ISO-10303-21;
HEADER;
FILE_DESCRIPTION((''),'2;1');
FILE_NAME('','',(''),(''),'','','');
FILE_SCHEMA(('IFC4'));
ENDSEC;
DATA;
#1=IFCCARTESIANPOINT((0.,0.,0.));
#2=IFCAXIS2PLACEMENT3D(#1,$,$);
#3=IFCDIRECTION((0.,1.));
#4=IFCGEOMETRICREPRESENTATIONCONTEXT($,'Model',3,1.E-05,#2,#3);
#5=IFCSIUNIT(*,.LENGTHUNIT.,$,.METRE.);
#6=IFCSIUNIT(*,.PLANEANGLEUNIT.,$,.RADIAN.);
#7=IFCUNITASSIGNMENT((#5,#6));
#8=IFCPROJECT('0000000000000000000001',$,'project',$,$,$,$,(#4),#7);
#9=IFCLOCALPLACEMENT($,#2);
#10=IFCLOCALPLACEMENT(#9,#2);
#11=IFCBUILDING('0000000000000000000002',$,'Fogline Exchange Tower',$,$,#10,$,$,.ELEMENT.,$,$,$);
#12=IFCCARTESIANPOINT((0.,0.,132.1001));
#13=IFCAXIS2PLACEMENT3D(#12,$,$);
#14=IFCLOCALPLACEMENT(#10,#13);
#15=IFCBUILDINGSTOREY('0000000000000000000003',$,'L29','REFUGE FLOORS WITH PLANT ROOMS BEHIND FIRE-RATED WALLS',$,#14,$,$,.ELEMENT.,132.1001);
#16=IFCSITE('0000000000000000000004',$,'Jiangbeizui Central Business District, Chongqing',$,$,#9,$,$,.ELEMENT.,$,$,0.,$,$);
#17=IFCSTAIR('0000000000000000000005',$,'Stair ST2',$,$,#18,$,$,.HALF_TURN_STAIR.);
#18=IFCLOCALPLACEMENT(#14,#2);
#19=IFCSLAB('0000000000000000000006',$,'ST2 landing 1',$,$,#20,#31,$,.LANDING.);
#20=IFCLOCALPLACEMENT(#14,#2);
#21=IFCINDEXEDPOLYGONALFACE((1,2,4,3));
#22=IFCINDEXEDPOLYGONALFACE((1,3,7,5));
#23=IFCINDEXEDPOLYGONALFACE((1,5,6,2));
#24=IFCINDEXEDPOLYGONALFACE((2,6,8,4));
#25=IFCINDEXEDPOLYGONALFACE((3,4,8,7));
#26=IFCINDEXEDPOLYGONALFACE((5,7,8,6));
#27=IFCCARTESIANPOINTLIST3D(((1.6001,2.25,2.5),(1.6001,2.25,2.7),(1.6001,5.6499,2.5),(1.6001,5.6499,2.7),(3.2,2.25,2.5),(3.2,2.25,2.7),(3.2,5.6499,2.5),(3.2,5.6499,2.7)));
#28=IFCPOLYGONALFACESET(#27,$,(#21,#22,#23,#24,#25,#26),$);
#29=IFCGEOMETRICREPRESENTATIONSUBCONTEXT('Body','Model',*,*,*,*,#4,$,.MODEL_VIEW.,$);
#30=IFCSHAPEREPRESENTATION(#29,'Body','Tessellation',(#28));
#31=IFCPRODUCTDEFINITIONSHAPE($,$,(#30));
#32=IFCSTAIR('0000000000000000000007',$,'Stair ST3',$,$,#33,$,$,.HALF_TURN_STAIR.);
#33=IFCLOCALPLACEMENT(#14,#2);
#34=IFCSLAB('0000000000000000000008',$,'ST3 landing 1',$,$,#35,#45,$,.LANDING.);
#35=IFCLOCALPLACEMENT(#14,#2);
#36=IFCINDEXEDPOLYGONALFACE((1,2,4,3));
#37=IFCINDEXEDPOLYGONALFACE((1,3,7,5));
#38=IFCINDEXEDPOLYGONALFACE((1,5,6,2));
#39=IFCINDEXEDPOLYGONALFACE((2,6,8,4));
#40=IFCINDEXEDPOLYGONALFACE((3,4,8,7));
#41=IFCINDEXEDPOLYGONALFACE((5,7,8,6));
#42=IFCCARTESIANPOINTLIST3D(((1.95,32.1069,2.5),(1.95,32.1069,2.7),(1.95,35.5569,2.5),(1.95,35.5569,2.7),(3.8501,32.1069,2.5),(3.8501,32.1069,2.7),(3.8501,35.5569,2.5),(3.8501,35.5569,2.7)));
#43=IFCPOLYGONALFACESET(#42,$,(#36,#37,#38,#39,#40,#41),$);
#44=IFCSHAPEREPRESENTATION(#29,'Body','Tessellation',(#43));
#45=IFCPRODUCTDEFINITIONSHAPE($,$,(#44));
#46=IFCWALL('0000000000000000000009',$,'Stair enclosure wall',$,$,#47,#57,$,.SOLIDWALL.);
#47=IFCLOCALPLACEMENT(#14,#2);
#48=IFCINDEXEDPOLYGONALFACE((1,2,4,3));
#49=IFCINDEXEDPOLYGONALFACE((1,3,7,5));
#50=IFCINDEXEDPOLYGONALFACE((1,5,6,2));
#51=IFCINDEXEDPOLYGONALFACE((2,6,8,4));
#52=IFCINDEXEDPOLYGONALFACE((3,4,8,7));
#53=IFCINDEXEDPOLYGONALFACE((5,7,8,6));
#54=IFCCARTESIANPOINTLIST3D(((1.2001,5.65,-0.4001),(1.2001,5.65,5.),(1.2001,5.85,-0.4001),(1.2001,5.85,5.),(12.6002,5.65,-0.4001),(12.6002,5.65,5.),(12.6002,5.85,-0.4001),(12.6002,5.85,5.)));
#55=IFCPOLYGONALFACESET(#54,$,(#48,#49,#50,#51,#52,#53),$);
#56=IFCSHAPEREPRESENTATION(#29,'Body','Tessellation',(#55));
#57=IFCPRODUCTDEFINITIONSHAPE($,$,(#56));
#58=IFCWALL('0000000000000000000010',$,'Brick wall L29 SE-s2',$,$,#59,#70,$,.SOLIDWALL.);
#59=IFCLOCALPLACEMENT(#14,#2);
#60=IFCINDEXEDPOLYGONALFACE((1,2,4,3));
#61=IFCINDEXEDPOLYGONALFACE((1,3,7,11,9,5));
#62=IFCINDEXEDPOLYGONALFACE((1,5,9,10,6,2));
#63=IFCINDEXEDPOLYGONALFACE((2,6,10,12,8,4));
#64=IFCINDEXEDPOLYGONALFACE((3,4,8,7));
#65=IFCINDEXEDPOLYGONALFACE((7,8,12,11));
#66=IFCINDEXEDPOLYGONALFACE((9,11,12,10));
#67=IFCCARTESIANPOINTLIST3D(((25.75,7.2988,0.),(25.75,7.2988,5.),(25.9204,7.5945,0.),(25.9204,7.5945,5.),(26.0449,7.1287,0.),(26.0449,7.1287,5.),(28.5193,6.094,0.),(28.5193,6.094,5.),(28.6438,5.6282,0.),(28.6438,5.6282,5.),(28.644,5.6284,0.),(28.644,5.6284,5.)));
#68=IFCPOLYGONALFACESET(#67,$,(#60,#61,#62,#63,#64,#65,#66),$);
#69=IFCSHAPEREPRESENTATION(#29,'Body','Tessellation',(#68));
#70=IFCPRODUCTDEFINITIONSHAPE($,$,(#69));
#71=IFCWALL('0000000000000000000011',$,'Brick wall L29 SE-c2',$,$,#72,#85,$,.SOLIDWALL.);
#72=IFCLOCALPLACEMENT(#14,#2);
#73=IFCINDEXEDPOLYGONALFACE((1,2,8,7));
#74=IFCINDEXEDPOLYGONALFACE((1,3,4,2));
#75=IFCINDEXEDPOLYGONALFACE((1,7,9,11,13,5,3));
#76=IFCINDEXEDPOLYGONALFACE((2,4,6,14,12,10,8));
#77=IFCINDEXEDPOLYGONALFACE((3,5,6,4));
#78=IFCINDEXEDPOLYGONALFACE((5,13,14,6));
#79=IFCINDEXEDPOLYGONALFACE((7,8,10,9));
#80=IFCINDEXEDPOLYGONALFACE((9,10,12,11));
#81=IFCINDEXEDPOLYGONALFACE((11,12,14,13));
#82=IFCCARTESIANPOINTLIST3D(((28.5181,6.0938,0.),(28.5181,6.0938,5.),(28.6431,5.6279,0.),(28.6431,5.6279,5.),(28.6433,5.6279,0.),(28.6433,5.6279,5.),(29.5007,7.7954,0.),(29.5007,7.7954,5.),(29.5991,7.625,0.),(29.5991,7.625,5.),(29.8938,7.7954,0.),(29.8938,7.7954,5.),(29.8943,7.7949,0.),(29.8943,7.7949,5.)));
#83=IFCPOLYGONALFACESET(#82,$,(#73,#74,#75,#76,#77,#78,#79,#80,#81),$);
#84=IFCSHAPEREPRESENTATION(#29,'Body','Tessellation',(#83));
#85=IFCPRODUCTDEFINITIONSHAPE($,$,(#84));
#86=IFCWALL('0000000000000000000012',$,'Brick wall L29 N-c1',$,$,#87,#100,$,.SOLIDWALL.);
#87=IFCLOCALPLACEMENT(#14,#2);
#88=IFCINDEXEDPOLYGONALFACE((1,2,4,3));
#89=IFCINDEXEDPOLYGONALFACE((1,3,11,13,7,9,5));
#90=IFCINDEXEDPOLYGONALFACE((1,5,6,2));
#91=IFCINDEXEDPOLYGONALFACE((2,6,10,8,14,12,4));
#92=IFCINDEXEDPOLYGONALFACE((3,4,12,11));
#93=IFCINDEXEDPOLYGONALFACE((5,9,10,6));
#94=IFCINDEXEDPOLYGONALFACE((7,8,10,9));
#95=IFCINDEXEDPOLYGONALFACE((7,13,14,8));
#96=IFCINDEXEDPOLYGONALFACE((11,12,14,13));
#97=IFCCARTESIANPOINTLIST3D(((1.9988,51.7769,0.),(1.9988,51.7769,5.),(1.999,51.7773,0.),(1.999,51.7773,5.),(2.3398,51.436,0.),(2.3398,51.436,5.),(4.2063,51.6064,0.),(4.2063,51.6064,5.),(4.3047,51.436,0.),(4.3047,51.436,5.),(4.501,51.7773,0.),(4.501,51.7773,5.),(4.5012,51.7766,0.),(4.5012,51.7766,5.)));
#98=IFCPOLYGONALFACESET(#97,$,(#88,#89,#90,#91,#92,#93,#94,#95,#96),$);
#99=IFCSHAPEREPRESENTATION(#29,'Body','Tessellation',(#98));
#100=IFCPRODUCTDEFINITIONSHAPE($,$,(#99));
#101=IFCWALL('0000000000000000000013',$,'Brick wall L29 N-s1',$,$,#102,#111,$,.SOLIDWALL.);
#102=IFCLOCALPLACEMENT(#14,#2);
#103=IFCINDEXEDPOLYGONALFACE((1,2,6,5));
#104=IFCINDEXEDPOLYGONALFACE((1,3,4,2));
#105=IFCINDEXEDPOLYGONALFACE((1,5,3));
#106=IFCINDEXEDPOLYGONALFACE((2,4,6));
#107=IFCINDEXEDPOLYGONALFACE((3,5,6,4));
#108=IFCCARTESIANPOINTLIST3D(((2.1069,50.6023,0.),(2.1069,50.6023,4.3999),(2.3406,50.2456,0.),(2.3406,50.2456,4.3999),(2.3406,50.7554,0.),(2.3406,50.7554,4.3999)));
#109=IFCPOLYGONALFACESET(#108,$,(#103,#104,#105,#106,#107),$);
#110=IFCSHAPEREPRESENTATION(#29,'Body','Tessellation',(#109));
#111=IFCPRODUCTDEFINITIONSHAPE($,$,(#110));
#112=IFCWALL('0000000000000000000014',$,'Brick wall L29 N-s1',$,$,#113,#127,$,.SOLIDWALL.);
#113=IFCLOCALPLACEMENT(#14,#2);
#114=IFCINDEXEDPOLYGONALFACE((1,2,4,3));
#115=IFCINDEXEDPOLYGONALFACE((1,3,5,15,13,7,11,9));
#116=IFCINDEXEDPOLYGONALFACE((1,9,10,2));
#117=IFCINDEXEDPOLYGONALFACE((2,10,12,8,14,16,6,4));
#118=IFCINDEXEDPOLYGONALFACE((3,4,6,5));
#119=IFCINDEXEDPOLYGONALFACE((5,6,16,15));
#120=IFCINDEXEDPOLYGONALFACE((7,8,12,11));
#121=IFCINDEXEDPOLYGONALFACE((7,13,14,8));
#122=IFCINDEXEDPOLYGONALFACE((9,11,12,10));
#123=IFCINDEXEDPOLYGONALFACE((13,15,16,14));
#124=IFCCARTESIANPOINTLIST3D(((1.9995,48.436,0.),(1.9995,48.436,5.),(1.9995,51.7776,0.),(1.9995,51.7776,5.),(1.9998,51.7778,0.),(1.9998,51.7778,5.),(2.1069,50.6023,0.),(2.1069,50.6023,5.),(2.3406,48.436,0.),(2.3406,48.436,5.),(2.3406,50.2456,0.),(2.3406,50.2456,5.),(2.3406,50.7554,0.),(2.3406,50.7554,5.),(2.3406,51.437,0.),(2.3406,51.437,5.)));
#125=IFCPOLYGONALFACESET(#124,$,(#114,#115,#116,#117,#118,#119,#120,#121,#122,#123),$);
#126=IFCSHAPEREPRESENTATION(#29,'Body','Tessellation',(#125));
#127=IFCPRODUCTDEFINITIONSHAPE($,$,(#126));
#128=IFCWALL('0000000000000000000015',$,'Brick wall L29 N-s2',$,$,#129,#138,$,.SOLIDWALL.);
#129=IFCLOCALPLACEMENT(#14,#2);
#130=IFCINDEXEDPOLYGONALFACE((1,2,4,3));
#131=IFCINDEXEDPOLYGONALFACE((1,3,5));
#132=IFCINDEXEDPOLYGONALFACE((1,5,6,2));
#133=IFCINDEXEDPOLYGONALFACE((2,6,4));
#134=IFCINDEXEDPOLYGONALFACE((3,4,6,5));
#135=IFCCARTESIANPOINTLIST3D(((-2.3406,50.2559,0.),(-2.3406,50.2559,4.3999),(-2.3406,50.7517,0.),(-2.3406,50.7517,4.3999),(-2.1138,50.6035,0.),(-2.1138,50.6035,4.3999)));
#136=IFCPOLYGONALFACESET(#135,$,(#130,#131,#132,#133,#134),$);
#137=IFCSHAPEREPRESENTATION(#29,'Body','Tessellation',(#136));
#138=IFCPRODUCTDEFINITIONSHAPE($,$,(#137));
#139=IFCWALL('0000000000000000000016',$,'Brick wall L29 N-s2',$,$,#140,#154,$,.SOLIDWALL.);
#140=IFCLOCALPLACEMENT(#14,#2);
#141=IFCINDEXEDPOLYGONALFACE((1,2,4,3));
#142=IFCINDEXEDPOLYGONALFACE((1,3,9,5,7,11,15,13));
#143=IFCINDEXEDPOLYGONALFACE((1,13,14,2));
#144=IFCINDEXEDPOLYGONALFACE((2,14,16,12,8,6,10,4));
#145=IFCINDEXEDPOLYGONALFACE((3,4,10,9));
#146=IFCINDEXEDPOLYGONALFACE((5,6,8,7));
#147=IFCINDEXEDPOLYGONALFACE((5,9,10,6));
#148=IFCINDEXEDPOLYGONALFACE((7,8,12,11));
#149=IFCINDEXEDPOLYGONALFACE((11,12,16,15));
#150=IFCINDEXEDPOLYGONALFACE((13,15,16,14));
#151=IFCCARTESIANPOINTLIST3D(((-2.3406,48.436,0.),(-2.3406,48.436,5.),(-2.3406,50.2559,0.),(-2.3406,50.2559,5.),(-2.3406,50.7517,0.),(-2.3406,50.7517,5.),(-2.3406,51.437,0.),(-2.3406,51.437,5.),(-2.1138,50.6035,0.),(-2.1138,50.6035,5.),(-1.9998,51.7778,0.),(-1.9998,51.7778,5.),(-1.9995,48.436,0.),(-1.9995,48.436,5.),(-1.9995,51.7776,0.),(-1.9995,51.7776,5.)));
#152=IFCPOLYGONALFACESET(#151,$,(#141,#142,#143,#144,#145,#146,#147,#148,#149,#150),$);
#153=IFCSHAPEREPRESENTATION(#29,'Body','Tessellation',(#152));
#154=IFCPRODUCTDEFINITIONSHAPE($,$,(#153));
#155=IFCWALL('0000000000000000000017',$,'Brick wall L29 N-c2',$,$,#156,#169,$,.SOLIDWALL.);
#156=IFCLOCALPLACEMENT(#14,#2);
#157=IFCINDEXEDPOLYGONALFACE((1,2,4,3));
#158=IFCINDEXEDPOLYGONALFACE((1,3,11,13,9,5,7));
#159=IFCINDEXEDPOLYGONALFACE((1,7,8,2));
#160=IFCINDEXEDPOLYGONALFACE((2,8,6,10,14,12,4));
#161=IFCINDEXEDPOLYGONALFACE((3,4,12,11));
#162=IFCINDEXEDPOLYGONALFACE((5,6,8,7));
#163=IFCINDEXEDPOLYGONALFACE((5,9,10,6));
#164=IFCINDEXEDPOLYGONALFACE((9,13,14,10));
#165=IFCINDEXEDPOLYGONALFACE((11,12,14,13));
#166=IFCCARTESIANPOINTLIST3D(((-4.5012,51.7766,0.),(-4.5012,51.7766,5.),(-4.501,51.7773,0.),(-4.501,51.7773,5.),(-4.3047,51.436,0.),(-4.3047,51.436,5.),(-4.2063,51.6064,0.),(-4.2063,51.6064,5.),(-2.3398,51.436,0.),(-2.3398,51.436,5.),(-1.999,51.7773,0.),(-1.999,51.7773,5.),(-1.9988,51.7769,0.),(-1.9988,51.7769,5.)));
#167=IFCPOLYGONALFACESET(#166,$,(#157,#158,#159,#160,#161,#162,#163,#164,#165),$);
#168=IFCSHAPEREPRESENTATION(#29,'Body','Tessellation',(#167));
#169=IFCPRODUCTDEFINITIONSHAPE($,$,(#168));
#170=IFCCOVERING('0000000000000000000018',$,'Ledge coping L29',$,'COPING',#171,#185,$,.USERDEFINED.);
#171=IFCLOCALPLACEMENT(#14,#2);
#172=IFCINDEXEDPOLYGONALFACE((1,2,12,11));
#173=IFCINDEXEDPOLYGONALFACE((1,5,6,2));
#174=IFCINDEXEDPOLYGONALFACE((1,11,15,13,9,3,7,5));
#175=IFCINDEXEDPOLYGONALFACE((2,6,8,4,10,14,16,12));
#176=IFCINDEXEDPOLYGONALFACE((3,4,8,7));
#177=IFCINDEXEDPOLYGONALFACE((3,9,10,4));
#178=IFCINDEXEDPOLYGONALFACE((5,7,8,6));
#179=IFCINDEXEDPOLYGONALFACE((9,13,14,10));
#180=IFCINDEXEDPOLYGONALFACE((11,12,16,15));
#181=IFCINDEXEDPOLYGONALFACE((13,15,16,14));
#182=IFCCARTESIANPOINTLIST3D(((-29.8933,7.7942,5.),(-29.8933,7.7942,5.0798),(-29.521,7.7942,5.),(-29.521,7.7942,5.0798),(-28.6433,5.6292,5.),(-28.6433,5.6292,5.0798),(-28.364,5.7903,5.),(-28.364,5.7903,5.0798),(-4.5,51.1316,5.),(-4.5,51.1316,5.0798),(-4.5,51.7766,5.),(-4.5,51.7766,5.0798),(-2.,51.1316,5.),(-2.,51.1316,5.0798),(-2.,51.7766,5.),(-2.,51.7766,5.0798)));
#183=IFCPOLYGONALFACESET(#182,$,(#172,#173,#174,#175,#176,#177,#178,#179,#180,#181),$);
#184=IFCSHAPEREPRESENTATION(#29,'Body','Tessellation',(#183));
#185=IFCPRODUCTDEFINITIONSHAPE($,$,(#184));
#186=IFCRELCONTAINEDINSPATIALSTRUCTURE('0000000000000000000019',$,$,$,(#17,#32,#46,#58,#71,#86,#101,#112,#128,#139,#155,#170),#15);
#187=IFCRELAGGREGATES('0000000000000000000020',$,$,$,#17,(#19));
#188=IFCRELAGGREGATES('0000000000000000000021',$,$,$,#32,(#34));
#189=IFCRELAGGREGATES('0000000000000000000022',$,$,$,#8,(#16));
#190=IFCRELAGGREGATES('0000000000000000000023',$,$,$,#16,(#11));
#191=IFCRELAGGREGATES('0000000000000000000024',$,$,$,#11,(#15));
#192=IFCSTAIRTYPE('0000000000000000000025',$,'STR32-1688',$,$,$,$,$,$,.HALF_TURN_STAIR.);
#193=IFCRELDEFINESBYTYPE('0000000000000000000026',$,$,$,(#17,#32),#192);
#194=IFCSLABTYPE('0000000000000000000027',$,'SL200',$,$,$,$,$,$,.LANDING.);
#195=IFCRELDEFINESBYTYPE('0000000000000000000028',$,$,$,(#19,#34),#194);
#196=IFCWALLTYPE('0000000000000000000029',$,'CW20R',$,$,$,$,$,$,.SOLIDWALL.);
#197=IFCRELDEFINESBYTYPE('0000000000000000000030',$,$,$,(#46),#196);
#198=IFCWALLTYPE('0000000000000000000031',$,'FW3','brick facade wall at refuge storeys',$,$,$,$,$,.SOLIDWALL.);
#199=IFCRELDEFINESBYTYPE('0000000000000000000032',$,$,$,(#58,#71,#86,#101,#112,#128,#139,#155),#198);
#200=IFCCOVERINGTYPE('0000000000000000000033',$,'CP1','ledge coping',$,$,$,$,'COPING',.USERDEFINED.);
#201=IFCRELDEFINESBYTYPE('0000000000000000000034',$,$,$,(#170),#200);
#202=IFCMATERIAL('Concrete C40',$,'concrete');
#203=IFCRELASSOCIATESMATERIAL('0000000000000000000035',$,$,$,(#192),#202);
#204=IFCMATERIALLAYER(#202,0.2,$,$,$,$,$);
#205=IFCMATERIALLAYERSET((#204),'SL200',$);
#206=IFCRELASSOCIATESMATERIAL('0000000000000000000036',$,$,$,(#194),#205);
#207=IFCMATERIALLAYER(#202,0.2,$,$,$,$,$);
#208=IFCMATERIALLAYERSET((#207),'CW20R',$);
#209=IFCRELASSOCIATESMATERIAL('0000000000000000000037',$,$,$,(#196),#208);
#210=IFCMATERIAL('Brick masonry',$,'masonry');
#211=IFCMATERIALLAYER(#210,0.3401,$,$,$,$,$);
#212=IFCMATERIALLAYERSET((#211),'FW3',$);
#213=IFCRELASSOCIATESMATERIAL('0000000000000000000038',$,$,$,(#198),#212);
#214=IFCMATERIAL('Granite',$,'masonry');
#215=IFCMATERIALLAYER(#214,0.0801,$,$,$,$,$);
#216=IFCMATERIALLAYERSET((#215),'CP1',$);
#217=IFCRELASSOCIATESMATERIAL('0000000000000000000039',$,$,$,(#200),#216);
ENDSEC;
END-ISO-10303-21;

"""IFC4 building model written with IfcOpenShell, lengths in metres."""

from ifc_helpers import new_model, si_unit, direction, frame, frame_2d, origin, place, context, subcontext, project, spatial, polyline, rectangle, outline, extrude, material, layer, layer_set, type_object, element, aggregate, save


model = new_model("IFC4")

# Units and contexts
model_context = context("Model", 3, precision=1e-05, world=origin(), true_north=direction((0.0, 1.0)))
body_context = subcontext(model_context, "Body", "Model", "MODEL_VIEW")
ifc_project = project(units=[si_unit("LENGTHUNIT", "METRE"), si_unit("PLANEANGLEUNIT", "RADIAN")], contexts=[model_context])

# Site, building, storey
site_placement = place(None, origin())
site = spatial("IfcSite", under=ifc_project, at=site_placement, Name="Jiangbeizui Central Business District, Chongqing", CompositionType="ELEMENT", RefElevation=0.0)
building_placement = place(site_placement, origin())
building = spatial("IfcBuilding", under=site, at=building_placement, Name="Fogline Exchange Tower", CompositionType="ELEMENT")
storey_placement = place(building_placement, frame((0.0, 0.0, 132.1001)))
storey = spatial("IfcBuildingStorey", under=building, at=storey_placement, Name="L29", Description="REFUGE FLOORS WITH PLANT ROOMS BEHIND FIRE-RATED WALLS", CompositionType="ELEMENT", Elevation=132.1001)

# Shared definitions
ifc_material_1 = material(Name="Concrete C40", Category="concrete")

# Stairs, slabs
stair_type = type_object("IfcStairType", Name="STR32-1688", PredefinedType="HALF_TURN_STAIR", material=ifc_material_1)
ifc_layer_1 = layer(ifc_material_1, 0.2)
ifc_layer_set_1 = layer_set([ifc_layer_1], Name="SL200")
slab_type_1 = type_object("IfcSlabType", Name="SL200", PredefinedType="LANDING", material=ifc_layer_set_1)
stair_1_placement = place(storey_placement, origin())
stair_1 = element("IfcStair", 1, at=stair_1_placement, inside=storey, type_object=stair_type, Name="Stair ST2", PredefinedType="HALF_TURN_STAIR")
slab_1_placement = place(storey_placement, frame((0.0, 0.0, 2.5)))
slab_1 = element("IfcSlab", 2, at=slab_1_placement, type_object=slab_type_1, Name="ST2 landing 1", PredefinedType="LANDING", context=body_context, shape_type="SweptSolid", body=[
    extrude(outline(polyline([(1.6001, 2.25), (3.2, 2.25), (3.2, 5.6499), (1.6001, 5.6499), (1.6001, 2.25)])), origin(), (0.0, 0.0, 1.0), 0.2),
])
aggregate(stair_1, [slab_1])
stair_2_placement = place(storey_placement, origin())
stair_2 = element("IfcStair", 3, at=stair_2_placement, inside=storey, type_object=stair_type, Name="Stair ST3", PredefinedType="HALF_TURN_STAIR")
slab_2_placement = place(storey_placement, frame((0.0, 0.0, 2.5)))
slab_2 = element("IfcSlab", 4, at=slab_2_placement, type_object=slab_type_1, Name="ST3 landing 1", PredefinedType="LANDING", context=body_context, shape_type="SweptSolid", body=[
    extrude(outline(polyline([(1.95, 32.1069), (3.8501, 32.1069), (3.8501, 35.5569), (1.95, 35.5569), (1.95, 32.1069)])), origin(), (0.0, 0.0, 1.0), 0.2),
])
aggregate(stair_2, [slab_2])

# Walls
ifc_layer_2 = layer(ifc_material_1, 0.2)
ifc_layer_set_2 = layer_set([ifc_layer_2], Name="CW20R")
wall_type_1 = type_object("IfcWallType", Name="CW20R", PredefinedType="SOLIDWALL", material=ifc_layer_set_2)
wall_1_placement = place(storey_placement, frame((1.2, 5.75, -0.4001), z_axis=(0.0, 0.0, 1.0), x_axis=(1.0, 0.0, 0.0)))
element("IfcWall", 5, at=wall_1_placement, inside=storey, type_object=wall_type_1, Name="Stair enclosure wall", PredefinedType="SOLIDWALL", context=body_context, shape_type="SweptSolid", body=[
    extrude(rectangle(XDim=11.4001, YDim=0.2, at=frame_2d((5.7002, 0.0))), origin(), (0.0, 0.0, 1.0), 5.4001),
])
ifc_material_2 = material(Name="Brick masonry", Category="masonry")
ifc_layer_3 = layer(ifc_material_2, 0.3401)
ifc_layer_set_3 = layer_set([ifc_layer_3], Name="FW3")
wall_type_2 = type_object("IfcWallType", Name="FW3", Description="brick facade wall at refuge storeys", PredefinedType="SOLIDWALL", material=ifc_layer_set_3)
wall_2_placement = place(storey_placement, origin())
element("IfcWall", 6, at=wall_2_placement, inside=storey, type_object=wall_type_2, Name="Brick wall L29 SE-s2", PredefinedType="SOLIDWALL", context=body_context, shape_type="SweptSolid", body=[
    extrude(outline(polyline([(28.6438, 5.6282), (26.0449, 7.1287), (25.75, 7.2988), (25.9204, 7.5945), (28.5193, 6.094), (28.644, 5.6284), (28.6438, 5.6282)])), origin(), (0.0, 0.0, 1.0), 5.0),
])
wall_3_placement = place(storey_placement, origin())
element("IfcWall", 7, at=wall_3_placement, inside=storey, type_object=wall_type_2, Name="Brick wall L29 SE-c2", PredefinedType="SOLIDWALL", context=body_context, shape_type="SweptSolid", body=[
    extrude(outline(polyline([(29.5007, 7.7954), (29.5991, 7.625), (29.8938, 7.7954), (29.8943, 7.7949), (28.6433, 5.6279), (28.6431, 5.6279), (28.5181, 6.0938), (29.5007, 7.7954)])), origin(), (0.0, 0.0, 1.0), 5.0),
])
wall_4_placement = place(storey_placement, origin())
element("IfcWall", 8, at=wall_4_placement, inside=storey, type_object=wall_type_2, Name="Brick wall L29 N-c1", PredefinedType="SOLIDWALL", context=body_context, shape_type="SweptSolid", body=[
    extrude(outline(polyline([(1.999, 51.7773), (4.501, 51.7773), (4.5012, 51.7766), (4.2063, 51.6064), (4.3047, 51.436), (2.3398, 51.436), (1.9988, 51.7769), (1.999, 51.7773)])), origin(), (0.0, 0.0, 1.0), 5.0),
])
wall_5_placement = place(storey_placement, origin())
element("IfcWall", 9, at=wall_5_placement, inside=storey, type_object=wall_type_2, Name="Brick wall L29 N-s1", PredefinedType="SOLIDWALL", context=body_context, shape_type="SweptSolid", body=[
    extrude(outline(polyline([(2.3406, 50.2456), (2.1069, 50.6023), (2.3406, 50.7554), (2.3406, 50.2456)])), origin(), (0.0, 0.0, 1.0), 4.3999),
])
wall_6_placement = place(storey_placement, origin())
element("IfcWall", 10, at=wall_6_placement, inside=storey, type_object=wall_type_2, Name="Brick wall L29 N-s1", PredefinedType="SOLIDWALL", context=body_context, shape_type="SweptSolid", body=[
    extrude(outline(polyline([(1.9995, 48.436), (1.9995, 51.7776), (1.9998, 51.7778), (2.3406, 51.437), (2.3406, 50.7554), (2.1069, 50.6023), (2.3406, 50.2456), (2.3406, 48.436), (1.9995, 48.436)])), origin(), (0.0, 0.0, 1.0), 5.0),
])
wall_7_placement = place(storey_placement, origin())
element("IfcWall", 11, at=wall_7_placement, inside=storey, type_object=wall_type_2, Name="Brick wall L29 N-s2", PredefinedType="SOLIDWALL", context=body_context, shape_type="SweptSolid", body=[
    extrude(outline(polyline([(-2.3406, 50.7517), (-2.1138, 50.6035), (-2.3406, 50.2559), (-2.3406, 50.7517)])), origin(), (0.0, 0.0, 1.0), 4.3999),
])
wall_8_placement = place(storey_placement, origin())
element("IfcWall", 12, at=wall_8_placement, inside=storey, type_object=wall_type_2, Name="Brick wall L29 N-s2", PredefinedType="SOLIDWALL", context=body_context, shape_type="SweptSolid", body=[
    extrude(outline(polyline([(-1.9995, 48.436), (-2.3406, 48.436), (-2.3406, 50.2559), (-2.1138, 50.6035), (-2.3406, 50.7517), (-2.3406, 51.437), (-1.9998, 51.7778), (-1.9995, 51.7776), (-1.9995, 48.436)])), origin(), (0.0, 0.0, 1.0), 5.0),
])
wall_9_placement = place(storey_placement, origin())
element("IfcWall", 13, at=wall_9_placement, inside=storey, type_object=wall_type_2, Name="Brick wall L29 N-c2", PredefinedType="SOLIDWALL", context=body_context, shape_type="SweptSolid", body=[
    extrude(outline(polyline([(-4.3047, 51.436), (-4.2063, 51.6064), (-4.5012, 51.7766), (-4.501, 51.7773), (-1.999, 51.7773), (-1.9988, 51.7769), (-2.3398, 51.436), (-4.3047, 51.436)])), origin(), (0.0, 0.0, 1.0), 5.0),
])

# Covering
ifc_material_3 = material(Name="Granite", Category="masonry")
ifc_layer_4 = layer(ifc_material_3, 0.0801)
ifc_layer_set_4 = layer_set([ifc_layer_4], Name="CP1")
covering_type_1 = type_object("IfcCoveringType", Name="CP1", Description="ledge coping", ElementType="COPING", PredefinedType="USERDEFINED", material=ifc_layer_set_4)
covering_1_placement = place(storey_placement, frame((0.0, 0.0, 5.0)))
element("IfcCovering", 14, at=covering_1_placement, inside=storey, type_object=covering_type_1, Name="Ledge coping L29", ObjectType="COPING", PredefinedType="USERDEFINED", context=body_context, shape_type="SweptSolid", body=[
    extrude(outline(polyline([(-28.6433, 5.6292), (-28.364, 5.7903), (-29.521, 7.7942), (-4.5, 51.1316), (-2.0, 51.1316), (-2.0, 51.7766), (-4.5, 51.7766), (-29.8933, 7.7942), (-28.6433, 5.6292)])), origin(), (0.0, 0.0, 1.0), 0.0798),
])

save(model, "model.ifc")
